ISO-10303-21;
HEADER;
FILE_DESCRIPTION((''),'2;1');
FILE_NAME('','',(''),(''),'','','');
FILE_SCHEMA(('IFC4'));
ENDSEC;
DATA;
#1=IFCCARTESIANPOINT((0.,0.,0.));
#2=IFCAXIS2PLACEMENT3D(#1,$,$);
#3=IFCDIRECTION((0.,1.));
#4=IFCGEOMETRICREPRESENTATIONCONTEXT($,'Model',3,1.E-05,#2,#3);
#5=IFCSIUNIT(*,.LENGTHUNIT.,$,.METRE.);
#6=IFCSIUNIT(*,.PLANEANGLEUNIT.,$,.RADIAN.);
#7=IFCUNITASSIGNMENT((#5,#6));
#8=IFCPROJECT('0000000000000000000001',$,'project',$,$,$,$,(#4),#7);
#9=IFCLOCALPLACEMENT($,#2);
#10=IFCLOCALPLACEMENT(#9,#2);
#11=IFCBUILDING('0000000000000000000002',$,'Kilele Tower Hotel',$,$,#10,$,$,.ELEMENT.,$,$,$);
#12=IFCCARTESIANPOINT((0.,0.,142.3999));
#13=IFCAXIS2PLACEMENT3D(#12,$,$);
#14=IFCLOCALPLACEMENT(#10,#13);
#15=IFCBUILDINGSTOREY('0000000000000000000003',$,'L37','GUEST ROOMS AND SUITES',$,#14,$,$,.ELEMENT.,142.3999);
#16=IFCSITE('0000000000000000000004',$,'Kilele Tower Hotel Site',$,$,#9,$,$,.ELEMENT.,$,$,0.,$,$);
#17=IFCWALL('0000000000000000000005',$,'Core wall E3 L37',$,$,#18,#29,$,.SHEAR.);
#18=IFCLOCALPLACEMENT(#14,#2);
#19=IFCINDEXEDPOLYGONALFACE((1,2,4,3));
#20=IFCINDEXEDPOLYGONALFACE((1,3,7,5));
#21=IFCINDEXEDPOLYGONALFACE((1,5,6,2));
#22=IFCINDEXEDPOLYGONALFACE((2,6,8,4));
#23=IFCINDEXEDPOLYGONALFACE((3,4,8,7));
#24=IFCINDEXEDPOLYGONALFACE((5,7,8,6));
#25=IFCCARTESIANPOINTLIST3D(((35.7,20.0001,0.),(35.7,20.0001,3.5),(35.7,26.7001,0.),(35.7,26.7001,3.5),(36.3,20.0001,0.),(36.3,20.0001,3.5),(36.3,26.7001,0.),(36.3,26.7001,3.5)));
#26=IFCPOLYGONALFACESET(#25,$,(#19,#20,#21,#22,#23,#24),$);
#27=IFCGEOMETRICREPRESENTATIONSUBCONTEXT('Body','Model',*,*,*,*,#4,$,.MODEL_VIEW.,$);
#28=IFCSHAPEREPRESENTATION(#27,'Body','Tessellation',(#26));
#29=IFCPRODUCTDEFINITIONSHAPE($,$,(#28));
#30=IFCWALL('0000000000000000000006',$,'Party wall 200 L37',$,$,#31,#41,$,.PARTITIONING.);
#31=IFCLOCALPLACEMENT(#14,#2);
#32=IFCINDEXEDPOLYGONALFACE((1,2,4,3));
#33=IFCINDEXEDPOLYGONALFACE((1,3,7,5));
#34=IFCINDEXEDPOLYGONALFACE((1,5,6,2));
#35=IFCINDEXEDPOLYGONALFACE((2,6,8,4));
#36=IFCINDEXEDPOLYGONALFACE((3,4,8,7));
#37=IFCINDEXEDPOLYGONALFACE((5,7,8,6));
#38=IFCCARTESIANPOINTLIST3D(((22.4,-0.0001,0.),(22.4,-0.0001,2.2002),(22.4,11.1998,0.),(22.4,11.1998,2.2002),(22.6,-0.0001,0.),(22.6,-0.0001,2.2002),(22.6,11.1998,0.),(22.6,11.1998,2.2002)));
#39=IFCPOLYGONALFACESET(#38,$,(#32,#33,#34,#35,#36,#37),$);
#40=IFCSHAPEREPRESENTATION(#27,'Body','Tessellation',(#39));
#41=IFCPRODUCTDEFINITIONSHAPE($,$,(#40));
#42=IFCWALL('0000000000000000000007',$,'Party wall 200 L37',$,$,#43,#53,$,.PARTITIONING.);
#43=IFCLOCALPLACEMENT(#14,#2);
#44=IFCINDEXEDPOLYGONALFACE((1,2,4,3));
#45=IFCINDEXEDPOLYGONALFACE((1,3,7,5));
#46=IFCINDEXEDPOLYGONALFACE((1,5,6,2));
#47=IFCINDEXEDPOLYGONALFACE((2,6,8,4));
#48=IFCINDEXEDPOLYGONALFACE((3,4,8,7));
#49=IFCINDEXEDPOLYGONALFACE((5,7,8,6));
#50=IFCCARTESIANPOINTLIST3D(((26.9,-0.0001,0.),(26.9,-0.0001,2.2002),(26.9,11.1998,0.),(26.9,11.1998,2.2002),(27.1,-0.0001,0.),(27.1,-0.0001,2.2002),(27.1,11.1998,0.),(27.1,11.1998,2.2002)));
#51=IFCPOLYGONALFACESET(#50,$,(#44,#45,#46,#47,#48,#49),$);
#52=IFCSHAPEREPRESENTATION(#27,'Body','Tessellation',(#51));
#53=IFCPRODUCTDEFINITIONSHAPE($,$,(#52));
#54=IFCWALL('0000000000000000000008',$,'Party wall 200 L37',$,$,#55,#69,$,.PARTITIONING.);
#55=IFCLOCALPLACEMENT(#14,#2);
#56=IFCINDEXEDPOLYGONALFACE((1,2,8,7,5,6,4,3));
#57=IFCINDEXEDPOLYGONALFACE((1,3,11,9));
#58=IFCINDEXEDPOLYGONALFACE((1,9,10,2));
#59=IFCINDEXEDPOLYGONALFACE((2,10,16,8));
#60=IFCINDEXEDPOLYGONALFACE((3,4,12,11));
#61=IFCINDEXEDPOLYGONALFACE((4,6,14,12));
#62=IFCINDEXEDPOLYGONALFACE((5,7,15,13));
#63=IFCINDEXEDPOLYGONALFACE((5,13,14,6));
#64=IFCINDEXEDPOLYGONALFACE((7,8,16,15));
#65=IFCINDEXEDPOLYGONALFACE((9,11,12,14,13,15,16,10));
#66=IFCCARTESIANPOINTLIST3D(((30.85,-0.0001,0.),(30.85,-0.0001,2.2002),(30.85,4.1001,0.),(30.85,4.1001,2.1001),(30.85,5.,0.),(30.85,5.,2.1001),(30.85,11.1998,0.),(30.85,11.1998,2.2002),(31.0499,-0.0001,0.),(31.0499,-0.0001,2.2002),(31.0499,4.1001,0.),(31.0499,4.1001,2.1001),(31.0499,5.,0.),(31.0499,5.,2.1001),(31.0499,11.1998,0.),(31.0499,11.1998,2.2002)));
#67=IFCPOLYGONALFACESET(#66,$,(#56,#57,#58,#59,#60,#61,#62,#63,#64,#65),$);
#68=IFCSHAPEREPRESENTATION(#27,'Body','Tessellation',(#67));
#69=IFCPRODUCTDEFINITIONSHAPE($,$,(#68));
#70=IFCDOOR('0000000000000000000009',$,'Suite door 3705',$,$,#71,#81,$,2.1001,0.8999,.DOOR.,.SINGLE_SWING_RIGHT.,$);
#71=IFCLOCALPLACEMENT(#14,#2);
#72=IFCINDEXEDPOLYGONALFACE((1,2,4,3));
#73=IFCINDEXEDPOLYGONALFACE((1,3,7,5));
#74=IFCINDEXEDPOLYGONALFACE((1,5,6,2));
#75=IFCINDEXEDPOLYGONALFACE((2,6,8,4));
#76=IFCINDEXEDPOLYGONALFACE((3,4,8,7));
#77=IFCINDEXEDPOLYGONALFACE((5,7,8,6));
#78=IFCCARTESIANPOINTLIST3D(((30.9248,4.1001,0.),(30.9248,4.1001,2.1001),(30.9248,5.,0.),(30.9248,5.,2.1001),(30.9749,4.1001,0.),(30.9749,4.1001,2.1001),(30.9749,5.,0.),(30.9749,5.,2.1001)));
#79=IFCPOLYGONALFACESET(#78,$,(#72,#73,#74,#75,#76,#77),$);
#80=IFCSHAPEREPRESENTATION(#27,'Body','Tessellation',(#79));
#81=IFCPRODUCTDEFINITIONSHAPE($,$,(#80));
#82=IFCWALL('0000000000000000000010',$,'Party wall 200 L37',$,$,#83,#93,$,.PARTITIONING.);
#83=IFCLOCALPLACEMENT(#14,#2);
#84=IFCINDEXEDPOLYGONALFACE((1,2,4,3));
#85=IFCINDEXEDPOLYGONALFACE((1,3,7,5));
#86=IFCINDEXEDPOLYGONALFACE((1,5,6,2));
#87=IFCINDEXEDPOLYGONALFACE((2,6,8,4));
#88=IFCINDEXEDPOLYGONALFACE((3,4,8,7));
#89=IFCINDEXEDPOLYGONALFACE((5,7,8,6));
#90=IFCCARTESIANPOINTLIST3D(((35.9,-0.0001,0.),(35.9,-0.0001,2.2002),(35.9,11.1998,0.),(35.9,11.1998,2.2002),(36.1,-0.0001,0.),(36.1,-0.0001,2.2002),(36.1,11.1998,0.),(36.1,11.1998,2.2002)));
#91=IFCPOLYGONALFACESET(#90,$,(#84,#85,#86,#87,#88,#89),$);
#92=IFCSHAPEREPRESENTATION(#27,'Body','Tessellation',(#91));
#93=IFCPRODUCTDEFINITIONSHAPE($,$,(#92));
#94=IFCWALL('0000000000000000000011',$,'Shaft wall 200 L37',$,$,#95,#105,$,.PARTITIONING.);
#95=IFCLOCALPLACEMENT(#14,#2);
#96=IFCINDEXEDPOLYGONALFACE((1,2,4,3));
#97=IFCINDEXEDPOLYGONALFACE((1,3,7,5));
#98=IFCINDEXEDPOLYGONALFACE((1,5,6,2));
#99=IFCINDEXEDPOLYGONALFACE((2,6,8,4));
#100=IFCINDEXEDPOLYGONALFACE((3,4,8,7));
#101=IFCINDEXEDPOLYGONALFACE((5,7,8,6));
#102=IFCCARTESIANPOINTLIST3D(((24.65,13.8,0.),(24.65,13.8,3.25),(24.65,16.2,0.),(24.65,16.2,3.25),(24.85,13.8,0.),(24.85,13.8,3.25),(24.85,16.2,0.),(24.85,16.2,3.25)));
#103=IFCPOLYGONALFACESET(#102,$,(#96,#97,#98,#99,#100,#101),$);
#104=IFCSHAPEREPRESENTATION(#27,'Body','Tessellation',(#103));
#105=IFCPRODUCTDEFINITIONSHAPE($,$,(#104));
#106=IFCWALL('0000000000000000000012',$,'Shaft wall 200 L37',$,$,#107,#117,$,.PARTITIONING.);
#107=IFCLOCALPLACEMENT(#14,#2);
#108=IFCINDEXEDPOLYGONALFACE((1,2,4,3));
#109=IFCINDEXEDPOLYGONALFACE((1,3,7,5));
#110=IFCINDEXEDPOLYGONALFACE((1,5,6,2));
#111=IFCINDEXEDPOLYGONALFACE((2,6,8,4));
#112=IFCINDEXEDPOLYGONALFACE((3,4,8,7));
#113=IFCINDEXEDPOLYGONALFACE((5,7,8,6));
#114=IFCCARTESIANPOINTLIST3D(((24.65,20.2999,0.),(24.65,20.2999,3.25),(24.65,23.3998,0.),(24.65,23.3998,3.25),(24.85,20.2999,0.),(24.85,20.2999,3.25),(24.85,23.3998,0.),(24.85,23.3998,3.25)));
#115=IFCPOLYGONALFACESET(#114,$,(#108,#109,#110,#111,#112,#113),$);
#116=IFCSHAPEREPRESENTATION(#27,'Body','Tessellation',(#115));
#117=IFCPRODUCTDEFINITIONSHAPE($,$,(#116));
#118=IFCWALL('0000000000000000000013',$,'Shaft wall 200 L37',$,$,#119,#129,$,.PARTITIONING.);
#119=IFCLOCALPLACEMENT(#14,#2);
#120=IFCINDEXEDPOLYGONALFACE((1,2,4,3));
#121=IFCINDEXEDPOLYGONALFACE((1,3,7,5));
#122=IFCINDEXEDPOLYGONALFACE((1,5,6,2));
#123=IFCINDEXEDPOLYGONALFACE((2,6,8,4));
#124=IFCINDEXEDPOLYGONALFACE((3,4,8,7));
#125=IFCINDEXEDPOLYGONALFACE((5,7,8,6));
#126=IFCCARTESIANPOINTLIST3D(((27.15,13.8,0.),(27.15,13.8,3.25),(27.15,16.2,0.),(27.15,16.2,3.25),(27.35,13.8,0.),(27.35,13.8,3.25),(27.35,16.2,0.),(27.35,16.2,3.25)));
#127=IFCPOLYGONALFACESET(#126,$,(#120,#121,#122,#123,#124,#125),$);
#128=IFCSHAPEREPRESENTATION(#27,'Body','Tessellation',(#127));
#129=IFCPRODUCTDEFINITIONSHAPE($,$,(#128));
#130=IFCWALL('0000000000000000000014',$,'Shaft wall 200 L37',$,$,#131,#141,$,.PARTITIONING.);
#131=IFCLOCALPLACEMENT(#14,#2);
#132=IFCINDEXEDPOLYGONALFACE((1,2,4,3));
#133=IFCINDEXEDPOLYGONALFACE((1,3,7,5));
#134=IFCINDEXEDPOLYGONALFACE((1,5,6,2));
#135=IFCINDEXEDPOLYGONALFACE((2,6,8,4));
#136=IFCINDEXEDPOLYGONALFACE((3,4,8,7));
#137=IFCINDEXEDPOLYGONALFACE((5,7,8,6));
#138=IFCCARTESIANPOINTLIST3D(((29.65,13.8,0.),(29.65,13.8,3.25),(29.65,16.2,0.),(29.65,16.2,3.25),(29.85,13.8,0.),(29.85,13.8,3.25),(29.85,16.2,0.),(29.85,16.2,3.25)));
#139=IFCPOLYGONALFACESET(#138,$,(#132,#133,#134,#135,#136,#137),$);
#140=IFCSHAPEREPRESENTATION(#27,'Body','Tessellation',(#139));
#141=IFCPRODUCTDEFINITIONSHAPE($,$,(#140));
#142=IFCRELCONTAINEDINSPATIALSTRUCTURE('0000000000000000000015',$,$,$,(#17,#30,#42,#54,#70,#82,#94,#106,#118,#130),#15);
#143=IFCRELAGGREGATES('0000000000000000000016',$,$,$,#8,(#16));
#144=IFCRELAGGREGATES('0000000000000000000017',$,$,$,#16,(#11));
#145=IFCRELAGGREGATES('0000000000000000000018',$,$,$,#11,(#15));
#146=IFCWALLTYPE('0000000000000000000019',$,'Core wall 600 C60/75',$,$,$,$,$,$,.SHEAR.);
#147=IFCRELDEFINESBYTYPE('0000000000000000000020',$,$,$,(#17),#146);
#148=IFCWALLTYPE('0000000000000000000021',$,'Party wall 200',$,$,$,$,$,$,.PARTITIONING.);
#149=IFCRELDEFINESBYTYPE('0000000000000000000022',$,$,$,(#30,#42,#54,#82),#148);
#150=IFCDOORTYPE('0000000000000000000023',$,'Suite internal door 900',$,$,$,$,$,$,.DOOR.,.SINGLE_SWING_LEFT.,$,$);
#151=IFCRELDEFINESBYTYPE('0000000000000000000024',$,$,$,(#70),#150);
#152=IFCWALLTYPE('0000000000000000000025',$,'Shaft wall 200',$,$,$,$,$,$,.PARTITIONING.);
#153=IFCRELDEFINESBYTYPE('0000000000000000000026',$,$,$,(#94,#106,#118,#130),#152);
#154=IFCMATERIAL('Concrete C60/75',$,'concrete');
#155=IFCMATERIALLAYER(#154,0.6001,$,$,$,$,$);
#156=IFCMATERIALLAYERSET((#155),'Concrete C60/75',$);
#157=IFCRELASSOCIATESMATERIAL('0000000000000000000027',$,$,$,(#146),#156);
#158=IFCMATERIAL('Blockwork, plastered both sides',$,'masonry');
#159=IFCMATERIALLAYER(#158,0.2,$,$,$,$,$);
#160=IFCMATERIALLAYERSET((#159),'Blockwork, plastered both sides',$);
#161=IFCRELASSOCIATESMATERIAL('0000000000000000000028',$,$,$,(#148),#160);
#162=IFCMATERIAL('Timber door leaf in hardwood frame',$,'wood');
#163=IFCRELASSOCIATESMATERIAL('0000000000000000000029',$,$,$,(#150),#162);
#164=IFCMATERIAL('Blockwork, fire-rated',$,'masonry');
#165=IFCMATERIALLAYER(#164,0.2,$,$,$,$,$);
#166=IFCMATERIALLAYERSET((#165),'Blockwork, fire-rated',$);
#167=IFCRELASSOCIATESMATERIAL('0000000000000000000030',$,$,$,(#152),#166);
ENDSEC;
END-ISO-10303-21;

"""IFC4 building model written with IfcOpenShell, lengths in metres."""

from ifc_helpers import new_model, si_unit, direction, frame, frame_2d, origin, place, context, subcontext, project, spatial, rectangle, extrude, material, layer, layer_set, type_object, element, fill, save


model = new_model("IFC4")

# Units and contexts
model_context = context("Model", 3, precision=1e-05, world=origin(), true_north=direction((0.0, 1.0)))
body_context = subcontext(model_context, "Body", "Model", "MODEL_VIEW")
ifc_project = project(units=[si_unit("LENGTHUNIT", "METRE"), si_unit("PLANEANGLEUNIT", "RADIAN")], contexts=[model_context])

# Site, building, storey
site_placement = place(None, origin())
site = spatial("IfcSite", under=ifc_project, at=site_placement, Name="Kilele Tower Hotel Site", CompositionType="ELEMENT", RefElevation=0.0)
building_placement = place(site_placement, origin())
building = spatial("IfcBuilding", under=site, at=building_placement, Name="Kilele Tower Hotel", CompositionType="ELEMENT")
storey_placement = place(building_placement, frame((0.0, 0.0, 142.3999)))
storey = spatial("IfcBuildingStorey", under=building, at=storey_placement, Name="L37", Description="GUEST ROOMS AND SUITES", CompositionType="ELEMENT", Elevation=142.3999)

# Shared definitions
ifc_material_1 = material(Name="Concrete C60/75", Category="concrete")
ifc_layer_1 = layer(ifc_material_1, 0.6001)
ifc_layer_set_1 = layer_set([ifc_layer_1], Name="Concrete C60/75")
wall_type_1 = type_object("IfcWallType", Name="Core wall 600 C60/75", PredefinedType="SHEAR", material=ifc_layer_set_1)

# Walls
wall_1_placement = place(storey_placement, frame((36.0, 20.0, 0.0), z_axis=(0.0, 0.0, 1.0), x_axis=(0.0, 1.0, 0.0)))
element("IfcWall", 1, at=wall_1_placement, inside=storey, type_object=wall_type_1, Name="Core wall E3 L37", PredefinedType="SHEAR", context=body_context, shape_type="SweptSolid", body=[
    extrude(rectangle(XDim=6.7, YDim=0.6001, at=frame_2d((3.3501, 0.0))), origin(), (0.0, 0.0, 1.0), 3.5),
])
ifc_material_2 = material(Name="Blockwork, plastered both sides", Category="masonry")
ifc_layer_2 = layer(ifc_material_2, 0.2)
ifc_layer_set_2 = layer_set([ifc_layer_2], Name="Blockwork, plastered both sides")
wall_type_2 = type_object("IfcWallType", Name="Party wall 200", PredefinedType="PARTITIONING", material=ifc_layer_set_2)
for number, where, z_axis, x_axis, name in (
    (2, (22.5, 11.2, 0.0), (0.0, 0.0, 1.0), (0.0, -1.0, 0.0), "Party wall 200 L37"),
    (3, (27.0, 11.2, 0.0), (0.0, 0.0, 1.0), (0.0, -1.0, 0.0), "Party wall 200 L37"),
):
    element("IfcWall", number, at=place(storey_placement, frame(where, z_axis=z_axis, x_axis=x_axis)), inside=storey, type_object=wall_type_2, Name=name, PredefinedType="PARTITIONING", context=body_context, shape_type="SweptSolid", body=[
        extrude(rectangle(XDim=11.2, YDim=0.2, at=frame_2d((5.6001, 0.0))), origin(), (0.0, 0.0, 1.0), 2.2002),
    ])

# Wall, opening, door
wall_2_placement = place(storey_placement, frame((30.95, 11.2, 0.0), z_axis=(0.0, 0.0, 1.0), x_axis=(0.0, -1.0, 0.0)))
wall_2 = element("IfcWall", 4, at=wall_2_placement, inside=storey, type_object=wall_type_2, Name="Party wall 200 L37", PredefinedType="PARTITIONING", context=body_context, shape_type="SweptSolid", body=[
    extrude(rectangle(XDim=11.2, YDim=0.2, at=frame_2d((5.6001, 0.0))), origin(), (0.0, 0.0, 1.0), 2.2002),
])
opening_1_placement = place(wall_2_placement, frame((6.2, 0.0, 0.0)))
opening_1 = element("IfcOpeningElement", 5, at=opening_1_placement, cuts=wall_2, PredefinedType="OPENING", context=body_context, shape_type="SweptSolid", body=[
    extrude(rectangle(XDim=0.8999, YDim=2.1001, at=frame_2d((0.45, 1.05))), frame((0.0, 0.1099, 0.0), z_axis=(0.0, -1.0, 0.0), x_axis=(1.0, 0.0, 0.0)), (0.0, 0.0, 1.0), 0.22),
])
ifc_material_3 = material(Name="Timber door leaf in hardwood frame", Category="wood")
door_type_1 = type_object("IfcDoorType", Name="Suite internal door 900", OperationType="SINGLE_SWING_LEFT", PredefinedType="DOOR", material=ifc_material_3)
door_1_placement = place(opening_1_placement, origin())
door_1 = element("IfcDoor", 6, at=door_1_placement, inside=storey, type_object=door_type_1, Name="Suite door 3705", OperationType="SINGLE_SWING_RIGHT", OverallHeight=2.1001, OverallWidth=0.8999, PredefinedType="DOOR", context=body_context, shape_type="SweptSolid", body=[
    extrude(rectangle(XDim=0.8999, YDim=2.1001, at=frame_2d((0.45, 1.05))), frame((0.0, 0.0249, 0.0), z_axis=(0.0, -1.0, 0.0), x_axis=(1.0, 0.0, 0.0)), (0.0, 0.0, 1.0), 0.05),
])
fill(opening_1, door_1)

# Walls
wall_3_placement = place(storey_placement, frame((36.0, 11.2, 0.0), z_axis=(0.0, 0.0, 1.0), x_axis=(0.0, -1.0, 0.0)))
element("IfcWall", 7, at=wall_3_placement, inside=storey, type_object=wall_type_2, Name="Party wall 200 L37", PredefinedType="PARTITIONING", context=body_context, shape_type="SweptSolid", body=[
    extrude(rectangle(XDim=11.2, YDim=0.2, at=frame_2d((5.6001, 0.0))), origin(), (0.0, 0.0, 1.0), 2.2002),
])
ifc_material_4 = material(Name="Blockwork, fire-rated", Category="masonry")
ifc_layer_3 = layer(ifc_material_4, 0.2)
ifc_layer_set_3 = layer_set([ifc_layer_3], Name="Blockwork, fire-rated")
wall_type_3 = type_object("IfcWallType", Name="Shaft wall 200", PredefinedType="PARTITIONING", material=ifc_layer_set_3)
wall_4_placement = place(storey_placement, frame((24.75, 13.8, 0.0), z_axis=(0.0, 0.0, 1.0), x_axis=(0.0, 1.0, 0.0)))
element("IfcWall", 8, at=wall_4_placement, inside=storey, type_object=wall_type_3, Name="Shaft wall 200 L37", PredefinedType="PARTITIONING", context=body_context, shape_type="SweptSolid", body=[
    extrude(rectangle(XDim=2.3999, YDim=0.2, at=frame_2d((1.2, 0.0))), origin(), (0.0, 0.0, 1.0), 3.25),
])
wall_5_placement = place(storey_placement, frame((24.75, 20.3, 0.0), z_axis=(0.0, 0.0, 1.0), x_axis=(0.0, 1.0, 0.0)))
element("IfcWall", 9, at=wall_5_placement, inside=storey, type_object=wall_type_3, Name="Shaft wall 200 L37", PredefinedType="PARTITIONING", context=body_context, shape_type="SweptSolid", body=[
    extrude(rectangle(XDim=3.0999, YDim=0.2, at=frame_2d((1.5498, 0.0))), origin(), (0.0, 0.0, 1.0), 3.25),
])
for number, where, z_axis, x_axis, name in (
    (10, (27.25, 13.8, 0.0), (0.0, 0.0, 1.0), (0.0, 1.0, 0.0), "Shaft wall 200 L37"),
    (11, (29.75, 13.8, 0.0), (0.0, 0.0, 1.0), (0.0, 1.0, 0.0), "Shaft wall 200 L37"),
):
    element("IfcWall", number, at=place(storey_placement, frame(where, z_axis=z_axis, x_axis=x_axis)), inside=storey, type_object=wall_type_3, Name=name, PredefinedType="PARTITIONING", context=body_context, shape_type="SweptSolid", body=[
        extrude(rectangle(XDim=2.3999, YDim=0.2, at=frame_2d((1.2, 0.0))), origin(), (0.0, 0.0, 1.0), 3.25),
    ])

save(model, "model.ifc")
